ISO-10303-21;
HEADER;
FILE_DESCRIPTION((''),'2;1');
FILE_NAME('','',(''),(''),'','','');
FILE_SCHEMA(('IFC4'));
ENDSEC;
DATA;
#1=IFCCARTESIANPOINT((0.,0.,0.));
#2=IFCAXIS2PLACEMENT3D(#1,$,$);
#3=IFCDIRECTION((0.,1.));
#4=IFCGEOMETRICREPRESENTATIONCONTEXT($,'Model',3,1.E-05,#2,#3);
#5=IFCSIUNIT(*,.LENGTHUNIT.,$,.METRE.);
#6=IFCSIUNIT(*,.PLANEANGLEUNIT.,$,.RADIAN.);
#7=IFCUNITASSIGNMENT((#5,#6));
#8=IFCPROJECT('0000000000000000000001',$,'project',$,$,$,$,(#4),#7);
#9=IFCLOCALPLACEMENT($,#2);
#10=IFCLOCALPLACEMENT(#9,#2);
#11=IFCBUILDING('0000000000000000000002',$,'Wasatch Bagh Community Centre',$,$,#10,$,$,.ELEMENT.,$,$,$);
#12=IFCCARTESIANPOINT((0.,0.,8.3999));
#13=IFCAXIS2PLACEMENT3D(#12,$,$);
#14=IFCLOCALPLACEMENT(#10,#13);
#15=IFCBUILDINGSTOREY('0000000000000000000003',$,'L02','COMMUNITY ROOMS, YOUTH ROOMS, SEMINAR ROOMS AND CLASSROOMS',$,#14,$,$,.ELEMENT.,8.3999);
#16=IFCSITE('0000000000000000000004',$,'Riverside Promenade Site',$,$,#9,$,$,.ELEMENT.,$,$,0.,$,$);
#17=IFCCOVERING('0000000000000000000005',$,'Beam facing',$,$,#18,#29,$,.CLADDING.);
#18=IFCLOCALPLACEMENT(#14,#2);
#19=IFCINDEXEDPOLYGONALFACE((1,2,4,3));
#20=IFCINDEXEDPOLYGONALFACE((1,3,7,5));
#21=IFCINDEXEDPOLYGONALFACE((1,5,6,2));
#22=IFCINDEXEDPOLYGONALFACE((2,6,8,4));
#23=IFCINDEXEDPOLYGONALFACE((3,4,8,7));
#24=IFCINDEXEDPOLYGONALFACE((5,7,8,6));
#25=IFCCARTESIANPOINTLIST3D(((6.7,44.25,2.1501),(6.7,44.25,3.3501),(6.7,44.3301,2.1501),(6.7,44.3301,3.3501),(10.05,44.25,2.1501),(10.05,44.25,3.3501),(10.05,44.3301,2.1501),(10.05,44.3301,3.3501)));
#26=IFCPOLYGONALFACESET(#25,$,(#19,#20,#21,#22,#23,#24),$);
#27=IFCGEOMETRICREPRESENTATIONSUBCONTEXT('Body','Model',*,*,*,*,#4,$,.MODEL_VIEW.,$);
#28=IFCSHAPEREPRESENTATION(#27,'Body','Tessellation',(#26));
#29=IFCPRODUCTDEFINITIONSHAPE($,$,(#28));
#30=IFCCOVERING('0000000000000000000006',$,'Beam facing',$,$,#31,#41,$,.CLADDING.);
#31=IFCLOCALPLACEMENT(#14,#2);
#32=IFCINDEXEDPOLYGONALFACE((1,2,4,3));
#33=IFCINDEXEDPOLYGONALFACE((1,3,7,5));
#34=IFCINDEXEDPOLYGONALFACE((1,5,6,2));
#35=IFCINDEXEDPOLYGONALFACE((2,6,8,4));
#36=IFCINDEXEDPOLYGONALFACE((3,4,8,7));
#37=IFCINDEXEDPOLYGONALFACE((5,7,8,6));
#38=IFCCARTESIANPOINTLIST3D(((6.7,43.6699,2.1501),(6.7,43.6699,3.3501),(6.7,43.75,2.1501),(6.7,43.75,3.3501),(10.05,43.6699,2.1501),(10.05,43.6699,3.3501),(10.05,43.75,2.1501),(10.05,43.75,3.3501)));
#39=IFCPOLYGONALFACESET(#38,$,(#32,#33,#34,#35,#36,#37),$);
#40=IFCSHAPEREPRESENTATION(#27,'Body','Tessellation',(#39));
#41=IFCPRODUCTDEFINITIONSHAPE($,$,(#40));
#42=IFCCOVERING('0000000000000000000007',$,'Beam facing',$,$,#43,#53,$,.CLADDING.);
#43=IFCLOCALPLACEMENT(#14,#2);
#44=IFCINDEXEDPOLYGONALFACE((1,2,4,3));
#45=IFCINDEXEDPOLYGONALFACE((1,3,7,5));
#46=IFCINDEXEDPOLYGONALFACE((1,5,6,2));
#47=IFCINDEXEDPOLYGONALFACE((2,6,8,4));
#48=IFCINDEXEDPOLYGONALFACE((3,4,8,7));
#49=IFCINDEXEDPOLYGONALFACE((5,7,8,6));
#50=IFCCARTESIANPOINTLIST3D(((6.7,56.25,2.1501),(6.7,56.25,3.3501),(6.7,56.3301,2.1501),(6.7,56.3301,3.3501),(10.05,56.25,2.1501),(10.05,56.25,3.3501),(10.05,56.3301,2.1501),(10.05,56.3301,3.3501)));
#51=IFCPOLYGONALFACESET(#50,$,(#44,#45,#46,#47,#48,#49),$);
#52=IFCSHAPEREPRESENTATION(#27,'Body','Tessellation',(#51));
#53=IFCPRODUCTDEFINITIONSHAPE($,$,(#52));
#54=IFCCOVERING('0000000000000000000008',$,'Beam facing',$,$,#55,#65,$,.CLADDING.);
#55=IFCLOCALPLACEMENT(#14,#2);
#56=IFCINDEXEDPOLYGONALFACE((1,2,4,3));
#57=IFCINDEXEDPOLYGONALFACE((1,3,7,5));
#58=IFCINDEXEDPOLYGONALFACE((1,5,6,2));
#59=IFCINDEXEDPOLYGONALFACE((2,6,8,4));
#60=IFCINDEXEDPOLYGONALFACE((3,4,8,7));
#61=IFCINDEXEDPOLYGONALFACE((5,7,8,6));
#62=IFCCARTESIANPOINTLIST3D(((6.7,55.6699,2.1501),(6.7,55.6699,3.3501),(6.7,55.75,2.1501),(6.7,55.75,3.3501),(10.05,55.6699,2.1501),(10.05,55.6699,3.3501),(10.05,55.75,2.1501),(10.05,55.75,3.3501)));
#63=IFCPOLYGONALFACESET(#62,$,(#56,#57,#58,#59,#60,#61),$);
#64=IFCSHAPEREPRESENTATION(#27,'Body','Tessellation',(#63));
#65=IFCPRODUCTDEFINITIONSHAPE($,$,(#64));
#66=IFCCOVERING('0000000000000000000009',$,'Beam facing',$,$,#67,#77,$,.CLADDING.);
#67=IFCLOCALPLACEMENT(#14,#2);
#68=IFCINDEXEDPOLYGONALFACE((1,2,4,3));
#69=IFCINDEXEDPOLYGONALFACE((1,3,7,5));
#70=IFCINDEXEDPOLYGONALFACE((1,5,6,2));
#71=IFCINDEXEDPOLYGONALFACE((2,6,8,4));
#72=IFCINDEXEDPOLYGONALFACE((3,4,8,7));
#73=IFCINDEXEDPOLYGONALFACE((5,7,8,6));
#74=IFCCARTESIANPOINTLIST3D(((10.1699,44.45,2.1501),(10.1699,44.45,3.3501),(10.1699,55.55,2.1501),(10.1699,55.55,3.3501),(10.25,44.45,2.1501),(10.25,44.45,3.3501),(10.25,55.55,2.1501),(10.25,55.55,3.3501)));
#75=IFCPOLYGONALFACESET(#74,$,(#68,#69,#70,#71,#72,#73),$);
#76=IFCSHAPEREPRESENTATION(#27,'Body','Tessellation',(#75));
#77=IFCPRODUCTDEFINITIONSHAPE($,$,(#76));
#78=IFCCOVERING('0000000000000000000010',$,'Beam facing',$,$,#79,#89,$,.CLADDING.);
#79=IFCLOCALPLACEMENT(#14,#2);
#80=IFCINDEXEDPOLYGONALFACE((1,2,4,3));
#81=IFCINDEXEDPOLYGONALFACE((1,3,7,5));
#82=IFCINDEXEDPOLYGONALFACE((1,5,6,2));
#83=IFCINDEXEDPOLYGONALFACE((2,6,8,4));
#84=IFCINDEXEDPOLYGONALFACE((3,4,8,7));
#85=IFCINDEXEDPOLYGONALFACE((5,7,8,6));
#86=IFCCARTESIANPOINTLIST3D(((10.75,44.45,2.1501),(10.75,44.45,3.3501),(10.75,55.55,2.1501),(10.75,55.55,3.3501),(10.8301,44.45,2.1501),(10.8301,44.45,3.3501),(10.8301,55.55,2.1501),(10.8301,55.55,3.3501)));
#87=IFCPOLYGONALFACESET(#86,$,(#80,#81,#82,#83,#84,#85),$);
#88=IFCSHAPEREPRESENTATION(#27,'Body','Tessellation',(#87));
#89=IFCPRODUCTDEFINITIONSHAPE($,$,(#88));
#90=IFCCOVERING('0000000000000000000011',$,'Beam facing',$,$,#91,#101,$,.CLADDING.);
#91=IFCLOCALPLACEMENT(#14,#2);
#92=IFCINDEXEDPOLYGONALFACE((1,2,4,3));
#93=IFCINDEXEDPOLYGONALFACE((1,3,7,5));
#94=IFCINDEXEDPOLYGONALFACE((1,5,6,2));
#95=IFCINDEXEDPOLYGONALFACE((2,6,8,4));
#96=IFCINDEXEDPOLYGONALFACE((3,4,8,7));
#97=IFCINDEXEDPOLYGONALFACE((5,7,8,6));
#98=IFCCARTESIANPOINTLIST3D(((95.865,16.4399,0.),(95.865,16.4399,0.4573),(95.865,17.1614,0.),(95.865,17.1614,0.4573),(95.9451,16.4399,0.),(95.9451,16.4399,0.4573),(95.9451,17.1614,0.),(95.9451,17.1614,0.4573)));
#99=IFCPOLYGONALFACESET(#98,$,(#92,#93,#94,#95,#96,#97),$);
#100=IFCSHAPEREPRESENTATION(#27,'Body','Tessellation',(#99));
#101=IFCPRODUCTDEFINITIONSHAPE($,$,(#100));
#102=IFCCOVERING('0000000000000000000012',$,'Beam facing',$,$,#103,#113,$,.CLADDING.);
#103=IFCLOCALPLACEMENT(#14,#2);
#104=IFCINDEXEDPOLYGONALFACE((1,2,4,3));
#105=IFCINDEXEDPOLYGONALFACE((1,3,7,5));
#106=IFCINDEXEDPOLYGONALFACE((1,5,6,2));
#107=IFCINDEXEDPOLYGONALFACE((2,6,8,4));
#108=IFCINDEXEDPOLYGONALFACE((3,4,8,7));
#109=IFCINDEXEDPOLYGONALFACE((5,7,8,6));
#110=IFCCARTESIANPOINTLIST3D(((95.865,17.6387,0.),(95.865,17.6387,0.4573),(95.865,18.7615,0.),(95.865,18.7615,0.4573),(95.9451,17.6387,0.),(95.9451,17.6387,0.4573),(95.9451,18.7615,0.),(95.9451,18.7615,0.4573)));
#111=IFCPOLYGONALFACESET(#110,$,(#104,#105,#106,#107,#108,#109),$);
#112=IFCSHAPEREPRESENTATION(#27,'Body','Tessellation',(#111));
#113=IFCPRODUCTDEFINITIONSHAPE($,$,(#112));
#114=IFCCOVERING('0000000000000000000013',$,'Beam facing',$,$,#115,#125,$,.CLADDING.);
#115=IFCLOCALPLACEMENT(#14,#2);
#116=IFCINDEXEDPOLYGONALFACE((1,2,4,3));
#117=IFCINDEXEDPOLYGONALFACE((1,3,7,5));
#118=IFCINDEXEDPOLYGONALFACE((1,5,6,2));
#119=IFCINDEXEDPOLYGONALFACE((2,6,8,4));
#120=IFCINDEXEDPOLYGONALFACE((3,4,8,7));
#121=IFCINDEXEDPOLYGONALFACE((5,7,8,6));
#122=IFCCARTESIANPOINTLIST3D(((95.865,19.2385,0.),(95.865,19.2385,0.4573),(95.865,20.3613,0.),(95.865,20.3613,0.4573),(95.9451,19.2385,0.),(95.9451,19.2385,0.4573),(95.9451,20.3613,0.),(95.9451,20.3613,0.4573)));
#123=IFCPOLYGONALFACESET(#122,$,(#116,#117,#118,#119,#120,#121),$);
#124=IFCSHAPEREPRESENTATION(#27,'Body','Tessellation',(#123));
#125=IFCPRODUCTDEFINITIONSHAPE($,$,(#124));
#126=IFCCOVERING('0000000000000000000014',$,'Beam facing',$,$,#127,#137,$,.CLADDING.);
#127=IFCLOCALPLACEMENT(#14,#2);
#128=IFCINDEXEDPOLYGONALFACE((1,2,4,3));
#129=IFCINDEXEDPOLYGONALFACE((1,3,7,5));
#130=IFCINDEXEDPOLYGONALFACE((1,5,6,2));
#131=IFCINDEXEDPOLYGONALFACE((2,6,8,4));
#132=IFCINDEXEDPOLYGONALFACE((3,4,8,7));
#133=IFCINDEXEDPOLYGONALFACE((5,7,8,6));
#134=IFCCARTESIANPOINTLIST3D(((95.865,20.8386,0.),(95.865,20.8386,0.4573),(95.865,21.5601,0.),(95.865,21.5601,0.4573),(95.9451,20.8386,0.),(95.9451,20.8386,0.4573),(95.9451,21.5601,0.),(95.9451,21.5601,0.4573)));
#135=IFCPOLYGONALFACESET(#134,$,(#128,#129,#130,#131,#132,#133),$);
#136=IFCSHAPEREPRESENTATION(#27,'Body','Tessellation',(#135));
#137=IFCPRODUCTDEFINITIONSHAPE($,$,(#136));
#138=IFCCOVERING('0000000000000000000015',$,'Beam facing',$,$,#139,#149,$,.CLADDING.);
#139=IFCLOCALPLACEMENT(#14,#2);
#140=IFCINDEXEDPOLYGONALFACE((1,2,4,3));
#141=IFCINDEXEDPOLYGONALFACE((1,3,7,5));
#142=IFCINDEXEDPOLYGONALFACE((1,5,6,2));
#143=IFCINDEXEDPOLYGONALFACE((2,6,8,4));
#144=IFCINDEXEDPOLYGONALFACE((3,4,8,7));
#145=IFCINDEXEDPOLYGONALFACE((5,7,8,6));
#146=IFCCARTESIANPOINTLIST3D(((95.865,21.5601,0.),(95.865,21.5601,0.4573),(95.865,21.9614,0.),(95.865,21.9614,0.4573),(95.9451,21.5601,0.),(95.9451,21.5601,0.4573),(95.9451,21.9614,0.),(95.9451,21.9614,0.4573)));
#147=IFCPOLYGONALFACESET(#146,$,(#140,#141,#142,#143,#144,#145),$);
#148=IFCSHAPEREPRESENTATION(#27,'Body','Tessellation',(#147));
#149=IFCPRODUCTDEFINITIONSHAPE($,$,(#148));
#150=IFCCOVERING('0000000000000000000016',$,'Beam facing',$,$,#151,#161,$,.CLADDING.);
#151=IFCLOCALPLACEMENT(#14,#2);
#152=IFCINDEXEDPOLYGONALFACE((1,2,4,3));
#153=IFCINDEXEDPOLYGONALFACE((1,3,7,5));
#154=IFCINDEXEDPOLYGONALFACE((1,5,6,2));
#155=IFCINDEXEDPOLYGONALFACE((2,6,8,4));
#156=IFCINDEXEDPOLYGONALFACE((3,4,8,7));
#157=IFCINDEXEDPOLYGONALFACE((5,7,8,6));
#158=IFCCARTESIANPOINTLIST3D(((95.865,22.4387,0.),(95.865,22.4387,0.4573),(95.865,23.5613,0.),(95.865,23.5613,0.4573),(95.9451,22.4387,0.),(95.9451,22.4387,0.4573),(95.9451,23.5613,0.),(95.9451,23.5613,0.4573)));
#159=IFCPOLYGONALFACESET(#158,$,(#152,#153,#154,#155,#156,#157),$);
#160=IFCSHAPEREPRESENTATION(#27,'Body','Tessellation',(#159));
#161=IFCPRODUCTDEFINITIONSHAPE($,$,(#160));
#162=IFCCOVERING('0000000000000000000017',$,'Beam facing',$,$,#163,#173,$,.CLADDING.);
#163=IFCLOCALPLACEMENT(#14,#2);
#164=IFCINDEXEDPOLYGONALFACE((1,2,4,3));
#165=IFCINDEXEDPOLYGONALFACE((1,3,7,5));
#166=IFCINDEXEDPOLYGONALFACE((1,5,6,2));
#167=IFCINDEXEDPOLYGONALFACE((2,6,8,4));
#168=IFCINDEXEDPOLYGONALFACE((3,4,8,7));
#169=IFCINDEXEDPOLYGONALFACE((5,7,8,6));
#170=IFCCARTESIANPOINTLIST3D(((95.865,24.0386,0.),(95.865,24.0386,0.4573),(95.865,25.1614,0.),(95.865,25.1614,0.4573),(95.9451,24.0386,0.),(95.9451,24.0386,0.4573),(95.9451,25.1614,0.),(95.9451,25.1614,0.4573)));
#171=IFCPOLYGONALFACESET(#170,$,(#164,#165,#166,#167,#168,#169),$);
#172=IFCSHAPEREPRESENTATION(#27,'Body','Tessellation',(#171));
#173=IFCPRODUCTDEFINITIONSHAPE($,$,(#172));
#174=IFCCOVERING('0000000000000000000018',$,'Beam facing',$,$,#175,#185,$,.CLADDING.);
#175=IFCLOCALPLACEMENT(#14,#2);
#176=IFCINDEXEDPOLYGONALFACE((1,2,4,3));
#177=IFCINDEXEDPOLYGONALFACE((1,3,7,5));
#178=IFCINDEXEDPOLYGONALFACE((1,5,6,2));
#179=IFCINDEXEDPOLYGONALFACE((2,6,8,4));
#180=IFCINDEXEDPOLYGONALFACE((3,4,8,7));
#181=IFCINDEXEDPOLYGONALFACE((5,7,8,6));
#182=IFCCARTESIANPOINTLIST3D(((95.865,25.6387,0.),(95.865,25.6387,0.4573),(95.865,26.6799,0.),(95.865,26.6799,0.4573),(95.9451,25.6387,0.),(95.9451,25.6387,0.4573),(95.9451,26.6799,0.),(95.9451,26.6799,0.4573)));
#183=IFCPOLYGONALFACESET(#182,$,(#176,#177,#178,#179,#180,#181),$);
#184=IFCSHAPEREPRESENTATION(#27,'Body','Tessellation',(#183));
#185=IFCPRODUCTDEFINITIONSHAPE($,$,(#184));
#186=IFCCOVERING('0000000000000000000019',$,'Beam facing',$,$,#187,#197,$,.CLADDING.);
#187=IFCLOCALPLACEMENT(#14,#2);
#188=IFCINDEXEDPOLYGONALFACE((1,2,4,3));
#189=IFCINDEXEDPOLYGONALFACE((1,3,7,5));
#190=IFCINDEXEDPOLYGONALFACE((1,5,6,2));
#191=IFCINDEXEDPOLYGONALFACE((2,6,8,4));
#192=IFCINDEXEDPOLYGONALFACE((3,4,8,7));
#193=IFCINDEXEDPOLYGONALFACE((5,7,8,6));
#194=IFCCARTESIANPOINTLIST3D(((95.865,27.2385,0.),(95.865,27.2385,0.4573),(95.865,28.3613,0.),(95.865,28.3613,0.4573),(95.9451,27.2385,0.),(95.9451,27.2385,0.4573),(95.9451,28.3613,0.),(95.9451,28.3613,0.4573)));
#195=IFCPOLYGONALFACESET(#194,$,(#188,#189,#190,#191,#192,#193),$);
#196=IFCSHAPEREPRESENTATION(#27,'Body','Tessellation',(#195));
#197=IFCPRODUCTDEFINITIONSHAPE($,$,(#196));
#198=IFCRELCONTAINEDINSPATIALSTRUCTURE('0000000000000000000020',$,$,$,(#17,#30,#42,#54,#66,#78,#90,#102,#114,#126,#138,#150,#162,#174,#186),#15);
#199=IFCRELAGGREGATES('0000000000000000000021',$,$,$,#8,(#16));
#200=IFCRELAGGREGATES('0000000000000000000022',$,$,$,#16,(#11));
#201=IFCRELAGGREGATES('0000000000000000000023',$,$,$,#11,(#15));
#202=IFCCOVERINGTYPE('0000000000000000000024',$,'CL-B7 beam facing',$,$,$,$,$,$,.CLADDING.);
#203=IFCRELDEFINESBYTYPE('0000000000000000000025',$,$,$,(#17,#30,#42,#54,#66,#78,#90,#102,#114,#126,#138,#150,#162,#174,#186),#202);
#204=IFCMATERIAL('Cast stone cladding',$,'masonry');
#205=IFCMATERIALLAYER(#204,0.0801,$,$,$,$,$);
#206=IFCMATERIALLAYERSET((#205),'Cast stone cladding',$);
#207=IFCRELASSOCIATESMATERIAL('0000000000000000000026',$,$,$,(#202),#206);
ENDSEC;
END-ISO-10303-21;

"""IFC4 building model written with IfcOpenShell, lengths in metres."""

from ifc_helpers import new_model, si_unit, direction, frame, origin, place, context, subcontext, project, spatial, polyline, outline, extrude, material, layer, layer_set, type_object, element, save


model = new_model("IFC4")

# Units and contexts
model_context = context("Model", 3, precision=1e-05, world=origin(), true_north=direction((0.0, 1.0)))
body_context = subcontext(model_context, "Body", "Model", "MODEL_VIEW")
ifc_project = project(units=[si_unit("LENGTHUNIT", "METRE"), si_unit("PLANEANGLEUNIT", "RADIAN")], contexts=[model_context])

# Site, building, storey
site_placement = place(None, origin())
site = spatial("IfcSite", under=ifc_project, at=site_placement, Name="Riverside Promenade Site", CompositionType="ELEMENT", RefElevation=0.0)
building_placement = place(site_placement, origin())
building = spatial("IfcBuilding", under=site, at=building_placement, Name="Wasatch Bagh Community Centre", CompositionType="ELEMENT")
storey_placement = place(building_placement, frame((0.0, 0.0, 8.3999)))
storey = spatial("IfcBuildingStorey", under=building, at=storey_placement, Name="L02", Description="COMMUNITY ROOMS, YOUTH ROOMS, SEMINAR ROOMS AND CLASSROOMS", CompositionType="ELEMENT", Elevation=8.3999)

# Coverings
ifc_material = material(Name="Cast stone cladding", Category="masonry")
ifc_layer = layer(ifc_material, 0.0801)
ifc_layer_set = layer_set([ifc_layer], Name="Cast stone cladding")
covering_type = type_object("IfcCoveringType", Name="CL-B7 beam facing", PredefinedType="CLADDING", material=ifc_layer_set)
covering_1_placement = place(storey_placement, frame((0.0, 0.0, 2.1501)))
element("IfcCovering", 1, at=covering_1_placement, inside=storey, type_object=covering_type, Name="Beam facing", PredefinedType="CLADDING", context=body_context, shape_type="SweptSolid", body=[
    extrude(outline(polyline([(6.7, 44.25), (10.05, 44.25), (10.05, 44.3301), (6.7, 44.3301), (6.7, 44.25)])), origin(), (0.0, 0.0, 1.0), 1.2),
])
covering_2_placement = place(storey_placement, frame((0.0, 0.0, 2.1501)))
element("IfcCovering", 2, at=covering_2_placement, inside=storey, type_object=covering_type, Name="Beam facing", PredefinedType="CLADDING", context=body_context, shape_type="SweptSolid", body=[
    extrude(outline(polyline([(6.7, 43.75), (10.05, 43.75), (10.05, 43.6699), (6.7, 43.6699), (6.7, 43.75)])), origin(), (0.0, 0.0, 1.0), 1.2),
])
covering_3_placement = place(storey_placement, frame((0.0, 0.0, 2.1501)))
element("IfcCovering", 3, at=covering_3_placement, inside=storey, type_object=covering_type, Name="Beam facing", PredefinedType="CLADDING", context=body_context, shape_type="SweptSolid", body=[
    extrude(outline(polyline([(6.7, 56.25), (10.05, 56.25), (10.05, 56.3301), (6.7, 56.3301), (6.7, 56.25)])), origin(), (0.0, 0.0, 1.0), 1.2),
])
covering_4_placement = place(storey_placement, frame((0.0, 0.0, 2.1501)))
element("IfcCovering", 4, at=covering_4_placement, inside=storey, type_object=covering_type, Name="Beam facing", PredefinedType="CLADDING", context=body_context, shape_type="SweptSolid", body=[
    extrude(outline(polyline([(6.7, 55.75), (10.05, 55.75), (10.05, 55.6699), (6.7, 55.6699), (6.7, 55.75)])), origin(), (0.0, 0.0, 1.0), 1.2),
])
covering_5_placement = place(storey_placement, frame((0.0, 0.0, 2.1501)))
element("IfcCovering", 5, at=covering_5_placement, inside=storey, type_object=covering_type, Name="Beam facing", PredefinedType="CLADDING", context=body_context, shape_type="SweptSolid", body=[
    extrude(outline(polyline([(10.25, 44.45), (10.25, 55.55), (10.1699, 55.55), (10.1699, 44.45), (10.25, 44.45)])), origin(), (0.0, 0.0, 1.0), 1.2),
])
covering_6_placement = place(storey_placement, frame((0.0, 0.0, 2.1501)))
element("IfcCovering", 6, at=covering_6_placement, inside=storey, type_object=covering_type, Name="Beam facing", PredefinedType="CLADDING", context=body_context, shape_type="SweptSolid", body=[
    extrude(outline(polyline([(10.75, 44.45), (10.75, 55.55), (10.8301, 55.55), (10.8301, 44.45), (10.75, 44.45)])), origin(), (0.0, 0.0, 1.0), 1.2),
])
covering_7_placement = place(storey_placement, origin())
element("IfcCovering", 7, at=covering_7_placement, inside=storey, type_object=covering_type, Name="Beam facing", PredefinedType="CLADDING", context=body_context, shape_type="SweptSolid", body=[
    extrude(outline(polyline([(95.865, 16.4399), (95.865, 17.1614), (95.9451, 17.1614), (95.9451, 16.4399), (95.865, 16.4399)])), origin(), (0.0, 0.0, 1.0), 0.4573),
])
covering_8_placement = place(storey_placement, origin())
element("IfcCovering", 8, at=covering_8_placement, inside=storey, type_object=covering_type, Name="Beam facing", PredefinedType="CLADDING", context=body_context, shape_type="SweptSolid", body=[
    extrude(outline(polyline([(95.865, 17.6387), (95.865, 18.7615), (95.9451, 18.7615), (95.9451, 17.6387), (95.865, 17.6387)])), origin(), (0.0, 0.0, 1.0), 0.4573),
])
covering_9_placement = place(storey_placement, origin())
element("IfcCovering", 9, at=covering_9_placement, inside=storey, type_object=covering_type, Name="Beam facing", PredefinedType="CLADDING", context=body_context, shape_type="SweptSolid", body=[
    extrude(outline(polyline([(95.865, 19.2385), (95.865, 20.3613), (95.9451, 20.3613), (95.9451, 19.2385), (95.865, 19.2385)])), origin(), (0.0, 0.0, 1.0), 0.4573),
])
covering_10_placement = place(storey_placement, origin())
element("IfcCovering", 10, at=covering_10_placement, inside=storey, type_object=covering_type, Name="Beam facing", PredefinedType="CLADDING", context=body_context, shape_type="SweptSolid", body=[
    extrude(outline(polyline([(95.865, 20.8386), (95.865, 21.5601), (95.9451, 21.5601), (95.9451, 20.8386), (95.865, 20.8386)])), origin(), (0.0, 0.0, 1.0), 0.4573),
])
covering_11_placement = place(storey_placement, origin())
element("IfcCovering", 11, at=covering_11_placement, inside=storey, type_object=covering_type, Name="Beam facing", PredefinedType="CLADDING", context=body_context, shape_type="SweptSolid", body=[
    extrude(outline(polyline([(95.865, 21.5601), (95.865, 21.9614), (95.9451, 21.9614), (95.9451, 21.5601), (95.865, 21.5601)])), origin(), (0.0, 0.0, 1.0), 0.4573),
])
covering_12_placement = place(storey_placement, origin())
element("IfcCovering", 12, at=covering_12_placement, inside=storey, type_object=covering_type, Name="Beam facing", PredefinedType="CLADDING", context=body_context, shape_type="SweptSolid", body=[
    extrude(outline(polyline([(95.865, 22.4387), (95.865, 23.5613), (95.9451, 23.5613), (95.9451, 22.4387), (95.865, 22.4387)])), origin(), (0.0, 0.0, 1.0), 0.4573),
])
covering_13_placement = place(storey_placement, origin())
element("IfcCovering", 13, at=covering_13_placement, inside=storey, type_object=covering_type, Name="Beam facing", PredefinedType="CLADDING", context=body_context, shape_type="SweptSolid", body=[
    extrude(outline(polyline([(95.865, 24.0386), (95.865, 25.1614), (95.9451, 25.1614), (95.9451, 24.0386), (95.865, 24.0386)])), origin(), (0.0, 0.0, 1.0), 0.4573),
])
covering_14_placement = place(storey_placement, origin())
element("IfcCovering", 14, at=covering_14_placement, inside=storey, type_object=covering_type, Name="Beam facing", PredefinedType="CLADDING", context=body_context, shape_type="SweptSolid", body=[
    extrude(outline(polyline([(95.865, 25.6387), (95.865, 26.6799), (95.9451, 26.6799), (95.9451, 25.6387), (95.865, 25.6387)])), origin(), (0.0, 0.0, 1.0), 0.4573),
])
covering_15_placement = place(storey_placement, origin())
element("IfcCovering", 15, at=covering_15_placement, inside=storey, type_object=covering_type, Name="Beam facing", PredefinedType="CLADDING", context=body_context, shape_type="SweptSolid", body=[
    extrude(outline(polyline([(95.865, 27.2385), (95.865, 28.3613), (95.9451, 28.3613), (95.9451, 27.2385), (95.865, 27.2385)])), origin(), (0.0, 0.0, 1.0), 0.4573),
])

save(model, "model.ifc")
